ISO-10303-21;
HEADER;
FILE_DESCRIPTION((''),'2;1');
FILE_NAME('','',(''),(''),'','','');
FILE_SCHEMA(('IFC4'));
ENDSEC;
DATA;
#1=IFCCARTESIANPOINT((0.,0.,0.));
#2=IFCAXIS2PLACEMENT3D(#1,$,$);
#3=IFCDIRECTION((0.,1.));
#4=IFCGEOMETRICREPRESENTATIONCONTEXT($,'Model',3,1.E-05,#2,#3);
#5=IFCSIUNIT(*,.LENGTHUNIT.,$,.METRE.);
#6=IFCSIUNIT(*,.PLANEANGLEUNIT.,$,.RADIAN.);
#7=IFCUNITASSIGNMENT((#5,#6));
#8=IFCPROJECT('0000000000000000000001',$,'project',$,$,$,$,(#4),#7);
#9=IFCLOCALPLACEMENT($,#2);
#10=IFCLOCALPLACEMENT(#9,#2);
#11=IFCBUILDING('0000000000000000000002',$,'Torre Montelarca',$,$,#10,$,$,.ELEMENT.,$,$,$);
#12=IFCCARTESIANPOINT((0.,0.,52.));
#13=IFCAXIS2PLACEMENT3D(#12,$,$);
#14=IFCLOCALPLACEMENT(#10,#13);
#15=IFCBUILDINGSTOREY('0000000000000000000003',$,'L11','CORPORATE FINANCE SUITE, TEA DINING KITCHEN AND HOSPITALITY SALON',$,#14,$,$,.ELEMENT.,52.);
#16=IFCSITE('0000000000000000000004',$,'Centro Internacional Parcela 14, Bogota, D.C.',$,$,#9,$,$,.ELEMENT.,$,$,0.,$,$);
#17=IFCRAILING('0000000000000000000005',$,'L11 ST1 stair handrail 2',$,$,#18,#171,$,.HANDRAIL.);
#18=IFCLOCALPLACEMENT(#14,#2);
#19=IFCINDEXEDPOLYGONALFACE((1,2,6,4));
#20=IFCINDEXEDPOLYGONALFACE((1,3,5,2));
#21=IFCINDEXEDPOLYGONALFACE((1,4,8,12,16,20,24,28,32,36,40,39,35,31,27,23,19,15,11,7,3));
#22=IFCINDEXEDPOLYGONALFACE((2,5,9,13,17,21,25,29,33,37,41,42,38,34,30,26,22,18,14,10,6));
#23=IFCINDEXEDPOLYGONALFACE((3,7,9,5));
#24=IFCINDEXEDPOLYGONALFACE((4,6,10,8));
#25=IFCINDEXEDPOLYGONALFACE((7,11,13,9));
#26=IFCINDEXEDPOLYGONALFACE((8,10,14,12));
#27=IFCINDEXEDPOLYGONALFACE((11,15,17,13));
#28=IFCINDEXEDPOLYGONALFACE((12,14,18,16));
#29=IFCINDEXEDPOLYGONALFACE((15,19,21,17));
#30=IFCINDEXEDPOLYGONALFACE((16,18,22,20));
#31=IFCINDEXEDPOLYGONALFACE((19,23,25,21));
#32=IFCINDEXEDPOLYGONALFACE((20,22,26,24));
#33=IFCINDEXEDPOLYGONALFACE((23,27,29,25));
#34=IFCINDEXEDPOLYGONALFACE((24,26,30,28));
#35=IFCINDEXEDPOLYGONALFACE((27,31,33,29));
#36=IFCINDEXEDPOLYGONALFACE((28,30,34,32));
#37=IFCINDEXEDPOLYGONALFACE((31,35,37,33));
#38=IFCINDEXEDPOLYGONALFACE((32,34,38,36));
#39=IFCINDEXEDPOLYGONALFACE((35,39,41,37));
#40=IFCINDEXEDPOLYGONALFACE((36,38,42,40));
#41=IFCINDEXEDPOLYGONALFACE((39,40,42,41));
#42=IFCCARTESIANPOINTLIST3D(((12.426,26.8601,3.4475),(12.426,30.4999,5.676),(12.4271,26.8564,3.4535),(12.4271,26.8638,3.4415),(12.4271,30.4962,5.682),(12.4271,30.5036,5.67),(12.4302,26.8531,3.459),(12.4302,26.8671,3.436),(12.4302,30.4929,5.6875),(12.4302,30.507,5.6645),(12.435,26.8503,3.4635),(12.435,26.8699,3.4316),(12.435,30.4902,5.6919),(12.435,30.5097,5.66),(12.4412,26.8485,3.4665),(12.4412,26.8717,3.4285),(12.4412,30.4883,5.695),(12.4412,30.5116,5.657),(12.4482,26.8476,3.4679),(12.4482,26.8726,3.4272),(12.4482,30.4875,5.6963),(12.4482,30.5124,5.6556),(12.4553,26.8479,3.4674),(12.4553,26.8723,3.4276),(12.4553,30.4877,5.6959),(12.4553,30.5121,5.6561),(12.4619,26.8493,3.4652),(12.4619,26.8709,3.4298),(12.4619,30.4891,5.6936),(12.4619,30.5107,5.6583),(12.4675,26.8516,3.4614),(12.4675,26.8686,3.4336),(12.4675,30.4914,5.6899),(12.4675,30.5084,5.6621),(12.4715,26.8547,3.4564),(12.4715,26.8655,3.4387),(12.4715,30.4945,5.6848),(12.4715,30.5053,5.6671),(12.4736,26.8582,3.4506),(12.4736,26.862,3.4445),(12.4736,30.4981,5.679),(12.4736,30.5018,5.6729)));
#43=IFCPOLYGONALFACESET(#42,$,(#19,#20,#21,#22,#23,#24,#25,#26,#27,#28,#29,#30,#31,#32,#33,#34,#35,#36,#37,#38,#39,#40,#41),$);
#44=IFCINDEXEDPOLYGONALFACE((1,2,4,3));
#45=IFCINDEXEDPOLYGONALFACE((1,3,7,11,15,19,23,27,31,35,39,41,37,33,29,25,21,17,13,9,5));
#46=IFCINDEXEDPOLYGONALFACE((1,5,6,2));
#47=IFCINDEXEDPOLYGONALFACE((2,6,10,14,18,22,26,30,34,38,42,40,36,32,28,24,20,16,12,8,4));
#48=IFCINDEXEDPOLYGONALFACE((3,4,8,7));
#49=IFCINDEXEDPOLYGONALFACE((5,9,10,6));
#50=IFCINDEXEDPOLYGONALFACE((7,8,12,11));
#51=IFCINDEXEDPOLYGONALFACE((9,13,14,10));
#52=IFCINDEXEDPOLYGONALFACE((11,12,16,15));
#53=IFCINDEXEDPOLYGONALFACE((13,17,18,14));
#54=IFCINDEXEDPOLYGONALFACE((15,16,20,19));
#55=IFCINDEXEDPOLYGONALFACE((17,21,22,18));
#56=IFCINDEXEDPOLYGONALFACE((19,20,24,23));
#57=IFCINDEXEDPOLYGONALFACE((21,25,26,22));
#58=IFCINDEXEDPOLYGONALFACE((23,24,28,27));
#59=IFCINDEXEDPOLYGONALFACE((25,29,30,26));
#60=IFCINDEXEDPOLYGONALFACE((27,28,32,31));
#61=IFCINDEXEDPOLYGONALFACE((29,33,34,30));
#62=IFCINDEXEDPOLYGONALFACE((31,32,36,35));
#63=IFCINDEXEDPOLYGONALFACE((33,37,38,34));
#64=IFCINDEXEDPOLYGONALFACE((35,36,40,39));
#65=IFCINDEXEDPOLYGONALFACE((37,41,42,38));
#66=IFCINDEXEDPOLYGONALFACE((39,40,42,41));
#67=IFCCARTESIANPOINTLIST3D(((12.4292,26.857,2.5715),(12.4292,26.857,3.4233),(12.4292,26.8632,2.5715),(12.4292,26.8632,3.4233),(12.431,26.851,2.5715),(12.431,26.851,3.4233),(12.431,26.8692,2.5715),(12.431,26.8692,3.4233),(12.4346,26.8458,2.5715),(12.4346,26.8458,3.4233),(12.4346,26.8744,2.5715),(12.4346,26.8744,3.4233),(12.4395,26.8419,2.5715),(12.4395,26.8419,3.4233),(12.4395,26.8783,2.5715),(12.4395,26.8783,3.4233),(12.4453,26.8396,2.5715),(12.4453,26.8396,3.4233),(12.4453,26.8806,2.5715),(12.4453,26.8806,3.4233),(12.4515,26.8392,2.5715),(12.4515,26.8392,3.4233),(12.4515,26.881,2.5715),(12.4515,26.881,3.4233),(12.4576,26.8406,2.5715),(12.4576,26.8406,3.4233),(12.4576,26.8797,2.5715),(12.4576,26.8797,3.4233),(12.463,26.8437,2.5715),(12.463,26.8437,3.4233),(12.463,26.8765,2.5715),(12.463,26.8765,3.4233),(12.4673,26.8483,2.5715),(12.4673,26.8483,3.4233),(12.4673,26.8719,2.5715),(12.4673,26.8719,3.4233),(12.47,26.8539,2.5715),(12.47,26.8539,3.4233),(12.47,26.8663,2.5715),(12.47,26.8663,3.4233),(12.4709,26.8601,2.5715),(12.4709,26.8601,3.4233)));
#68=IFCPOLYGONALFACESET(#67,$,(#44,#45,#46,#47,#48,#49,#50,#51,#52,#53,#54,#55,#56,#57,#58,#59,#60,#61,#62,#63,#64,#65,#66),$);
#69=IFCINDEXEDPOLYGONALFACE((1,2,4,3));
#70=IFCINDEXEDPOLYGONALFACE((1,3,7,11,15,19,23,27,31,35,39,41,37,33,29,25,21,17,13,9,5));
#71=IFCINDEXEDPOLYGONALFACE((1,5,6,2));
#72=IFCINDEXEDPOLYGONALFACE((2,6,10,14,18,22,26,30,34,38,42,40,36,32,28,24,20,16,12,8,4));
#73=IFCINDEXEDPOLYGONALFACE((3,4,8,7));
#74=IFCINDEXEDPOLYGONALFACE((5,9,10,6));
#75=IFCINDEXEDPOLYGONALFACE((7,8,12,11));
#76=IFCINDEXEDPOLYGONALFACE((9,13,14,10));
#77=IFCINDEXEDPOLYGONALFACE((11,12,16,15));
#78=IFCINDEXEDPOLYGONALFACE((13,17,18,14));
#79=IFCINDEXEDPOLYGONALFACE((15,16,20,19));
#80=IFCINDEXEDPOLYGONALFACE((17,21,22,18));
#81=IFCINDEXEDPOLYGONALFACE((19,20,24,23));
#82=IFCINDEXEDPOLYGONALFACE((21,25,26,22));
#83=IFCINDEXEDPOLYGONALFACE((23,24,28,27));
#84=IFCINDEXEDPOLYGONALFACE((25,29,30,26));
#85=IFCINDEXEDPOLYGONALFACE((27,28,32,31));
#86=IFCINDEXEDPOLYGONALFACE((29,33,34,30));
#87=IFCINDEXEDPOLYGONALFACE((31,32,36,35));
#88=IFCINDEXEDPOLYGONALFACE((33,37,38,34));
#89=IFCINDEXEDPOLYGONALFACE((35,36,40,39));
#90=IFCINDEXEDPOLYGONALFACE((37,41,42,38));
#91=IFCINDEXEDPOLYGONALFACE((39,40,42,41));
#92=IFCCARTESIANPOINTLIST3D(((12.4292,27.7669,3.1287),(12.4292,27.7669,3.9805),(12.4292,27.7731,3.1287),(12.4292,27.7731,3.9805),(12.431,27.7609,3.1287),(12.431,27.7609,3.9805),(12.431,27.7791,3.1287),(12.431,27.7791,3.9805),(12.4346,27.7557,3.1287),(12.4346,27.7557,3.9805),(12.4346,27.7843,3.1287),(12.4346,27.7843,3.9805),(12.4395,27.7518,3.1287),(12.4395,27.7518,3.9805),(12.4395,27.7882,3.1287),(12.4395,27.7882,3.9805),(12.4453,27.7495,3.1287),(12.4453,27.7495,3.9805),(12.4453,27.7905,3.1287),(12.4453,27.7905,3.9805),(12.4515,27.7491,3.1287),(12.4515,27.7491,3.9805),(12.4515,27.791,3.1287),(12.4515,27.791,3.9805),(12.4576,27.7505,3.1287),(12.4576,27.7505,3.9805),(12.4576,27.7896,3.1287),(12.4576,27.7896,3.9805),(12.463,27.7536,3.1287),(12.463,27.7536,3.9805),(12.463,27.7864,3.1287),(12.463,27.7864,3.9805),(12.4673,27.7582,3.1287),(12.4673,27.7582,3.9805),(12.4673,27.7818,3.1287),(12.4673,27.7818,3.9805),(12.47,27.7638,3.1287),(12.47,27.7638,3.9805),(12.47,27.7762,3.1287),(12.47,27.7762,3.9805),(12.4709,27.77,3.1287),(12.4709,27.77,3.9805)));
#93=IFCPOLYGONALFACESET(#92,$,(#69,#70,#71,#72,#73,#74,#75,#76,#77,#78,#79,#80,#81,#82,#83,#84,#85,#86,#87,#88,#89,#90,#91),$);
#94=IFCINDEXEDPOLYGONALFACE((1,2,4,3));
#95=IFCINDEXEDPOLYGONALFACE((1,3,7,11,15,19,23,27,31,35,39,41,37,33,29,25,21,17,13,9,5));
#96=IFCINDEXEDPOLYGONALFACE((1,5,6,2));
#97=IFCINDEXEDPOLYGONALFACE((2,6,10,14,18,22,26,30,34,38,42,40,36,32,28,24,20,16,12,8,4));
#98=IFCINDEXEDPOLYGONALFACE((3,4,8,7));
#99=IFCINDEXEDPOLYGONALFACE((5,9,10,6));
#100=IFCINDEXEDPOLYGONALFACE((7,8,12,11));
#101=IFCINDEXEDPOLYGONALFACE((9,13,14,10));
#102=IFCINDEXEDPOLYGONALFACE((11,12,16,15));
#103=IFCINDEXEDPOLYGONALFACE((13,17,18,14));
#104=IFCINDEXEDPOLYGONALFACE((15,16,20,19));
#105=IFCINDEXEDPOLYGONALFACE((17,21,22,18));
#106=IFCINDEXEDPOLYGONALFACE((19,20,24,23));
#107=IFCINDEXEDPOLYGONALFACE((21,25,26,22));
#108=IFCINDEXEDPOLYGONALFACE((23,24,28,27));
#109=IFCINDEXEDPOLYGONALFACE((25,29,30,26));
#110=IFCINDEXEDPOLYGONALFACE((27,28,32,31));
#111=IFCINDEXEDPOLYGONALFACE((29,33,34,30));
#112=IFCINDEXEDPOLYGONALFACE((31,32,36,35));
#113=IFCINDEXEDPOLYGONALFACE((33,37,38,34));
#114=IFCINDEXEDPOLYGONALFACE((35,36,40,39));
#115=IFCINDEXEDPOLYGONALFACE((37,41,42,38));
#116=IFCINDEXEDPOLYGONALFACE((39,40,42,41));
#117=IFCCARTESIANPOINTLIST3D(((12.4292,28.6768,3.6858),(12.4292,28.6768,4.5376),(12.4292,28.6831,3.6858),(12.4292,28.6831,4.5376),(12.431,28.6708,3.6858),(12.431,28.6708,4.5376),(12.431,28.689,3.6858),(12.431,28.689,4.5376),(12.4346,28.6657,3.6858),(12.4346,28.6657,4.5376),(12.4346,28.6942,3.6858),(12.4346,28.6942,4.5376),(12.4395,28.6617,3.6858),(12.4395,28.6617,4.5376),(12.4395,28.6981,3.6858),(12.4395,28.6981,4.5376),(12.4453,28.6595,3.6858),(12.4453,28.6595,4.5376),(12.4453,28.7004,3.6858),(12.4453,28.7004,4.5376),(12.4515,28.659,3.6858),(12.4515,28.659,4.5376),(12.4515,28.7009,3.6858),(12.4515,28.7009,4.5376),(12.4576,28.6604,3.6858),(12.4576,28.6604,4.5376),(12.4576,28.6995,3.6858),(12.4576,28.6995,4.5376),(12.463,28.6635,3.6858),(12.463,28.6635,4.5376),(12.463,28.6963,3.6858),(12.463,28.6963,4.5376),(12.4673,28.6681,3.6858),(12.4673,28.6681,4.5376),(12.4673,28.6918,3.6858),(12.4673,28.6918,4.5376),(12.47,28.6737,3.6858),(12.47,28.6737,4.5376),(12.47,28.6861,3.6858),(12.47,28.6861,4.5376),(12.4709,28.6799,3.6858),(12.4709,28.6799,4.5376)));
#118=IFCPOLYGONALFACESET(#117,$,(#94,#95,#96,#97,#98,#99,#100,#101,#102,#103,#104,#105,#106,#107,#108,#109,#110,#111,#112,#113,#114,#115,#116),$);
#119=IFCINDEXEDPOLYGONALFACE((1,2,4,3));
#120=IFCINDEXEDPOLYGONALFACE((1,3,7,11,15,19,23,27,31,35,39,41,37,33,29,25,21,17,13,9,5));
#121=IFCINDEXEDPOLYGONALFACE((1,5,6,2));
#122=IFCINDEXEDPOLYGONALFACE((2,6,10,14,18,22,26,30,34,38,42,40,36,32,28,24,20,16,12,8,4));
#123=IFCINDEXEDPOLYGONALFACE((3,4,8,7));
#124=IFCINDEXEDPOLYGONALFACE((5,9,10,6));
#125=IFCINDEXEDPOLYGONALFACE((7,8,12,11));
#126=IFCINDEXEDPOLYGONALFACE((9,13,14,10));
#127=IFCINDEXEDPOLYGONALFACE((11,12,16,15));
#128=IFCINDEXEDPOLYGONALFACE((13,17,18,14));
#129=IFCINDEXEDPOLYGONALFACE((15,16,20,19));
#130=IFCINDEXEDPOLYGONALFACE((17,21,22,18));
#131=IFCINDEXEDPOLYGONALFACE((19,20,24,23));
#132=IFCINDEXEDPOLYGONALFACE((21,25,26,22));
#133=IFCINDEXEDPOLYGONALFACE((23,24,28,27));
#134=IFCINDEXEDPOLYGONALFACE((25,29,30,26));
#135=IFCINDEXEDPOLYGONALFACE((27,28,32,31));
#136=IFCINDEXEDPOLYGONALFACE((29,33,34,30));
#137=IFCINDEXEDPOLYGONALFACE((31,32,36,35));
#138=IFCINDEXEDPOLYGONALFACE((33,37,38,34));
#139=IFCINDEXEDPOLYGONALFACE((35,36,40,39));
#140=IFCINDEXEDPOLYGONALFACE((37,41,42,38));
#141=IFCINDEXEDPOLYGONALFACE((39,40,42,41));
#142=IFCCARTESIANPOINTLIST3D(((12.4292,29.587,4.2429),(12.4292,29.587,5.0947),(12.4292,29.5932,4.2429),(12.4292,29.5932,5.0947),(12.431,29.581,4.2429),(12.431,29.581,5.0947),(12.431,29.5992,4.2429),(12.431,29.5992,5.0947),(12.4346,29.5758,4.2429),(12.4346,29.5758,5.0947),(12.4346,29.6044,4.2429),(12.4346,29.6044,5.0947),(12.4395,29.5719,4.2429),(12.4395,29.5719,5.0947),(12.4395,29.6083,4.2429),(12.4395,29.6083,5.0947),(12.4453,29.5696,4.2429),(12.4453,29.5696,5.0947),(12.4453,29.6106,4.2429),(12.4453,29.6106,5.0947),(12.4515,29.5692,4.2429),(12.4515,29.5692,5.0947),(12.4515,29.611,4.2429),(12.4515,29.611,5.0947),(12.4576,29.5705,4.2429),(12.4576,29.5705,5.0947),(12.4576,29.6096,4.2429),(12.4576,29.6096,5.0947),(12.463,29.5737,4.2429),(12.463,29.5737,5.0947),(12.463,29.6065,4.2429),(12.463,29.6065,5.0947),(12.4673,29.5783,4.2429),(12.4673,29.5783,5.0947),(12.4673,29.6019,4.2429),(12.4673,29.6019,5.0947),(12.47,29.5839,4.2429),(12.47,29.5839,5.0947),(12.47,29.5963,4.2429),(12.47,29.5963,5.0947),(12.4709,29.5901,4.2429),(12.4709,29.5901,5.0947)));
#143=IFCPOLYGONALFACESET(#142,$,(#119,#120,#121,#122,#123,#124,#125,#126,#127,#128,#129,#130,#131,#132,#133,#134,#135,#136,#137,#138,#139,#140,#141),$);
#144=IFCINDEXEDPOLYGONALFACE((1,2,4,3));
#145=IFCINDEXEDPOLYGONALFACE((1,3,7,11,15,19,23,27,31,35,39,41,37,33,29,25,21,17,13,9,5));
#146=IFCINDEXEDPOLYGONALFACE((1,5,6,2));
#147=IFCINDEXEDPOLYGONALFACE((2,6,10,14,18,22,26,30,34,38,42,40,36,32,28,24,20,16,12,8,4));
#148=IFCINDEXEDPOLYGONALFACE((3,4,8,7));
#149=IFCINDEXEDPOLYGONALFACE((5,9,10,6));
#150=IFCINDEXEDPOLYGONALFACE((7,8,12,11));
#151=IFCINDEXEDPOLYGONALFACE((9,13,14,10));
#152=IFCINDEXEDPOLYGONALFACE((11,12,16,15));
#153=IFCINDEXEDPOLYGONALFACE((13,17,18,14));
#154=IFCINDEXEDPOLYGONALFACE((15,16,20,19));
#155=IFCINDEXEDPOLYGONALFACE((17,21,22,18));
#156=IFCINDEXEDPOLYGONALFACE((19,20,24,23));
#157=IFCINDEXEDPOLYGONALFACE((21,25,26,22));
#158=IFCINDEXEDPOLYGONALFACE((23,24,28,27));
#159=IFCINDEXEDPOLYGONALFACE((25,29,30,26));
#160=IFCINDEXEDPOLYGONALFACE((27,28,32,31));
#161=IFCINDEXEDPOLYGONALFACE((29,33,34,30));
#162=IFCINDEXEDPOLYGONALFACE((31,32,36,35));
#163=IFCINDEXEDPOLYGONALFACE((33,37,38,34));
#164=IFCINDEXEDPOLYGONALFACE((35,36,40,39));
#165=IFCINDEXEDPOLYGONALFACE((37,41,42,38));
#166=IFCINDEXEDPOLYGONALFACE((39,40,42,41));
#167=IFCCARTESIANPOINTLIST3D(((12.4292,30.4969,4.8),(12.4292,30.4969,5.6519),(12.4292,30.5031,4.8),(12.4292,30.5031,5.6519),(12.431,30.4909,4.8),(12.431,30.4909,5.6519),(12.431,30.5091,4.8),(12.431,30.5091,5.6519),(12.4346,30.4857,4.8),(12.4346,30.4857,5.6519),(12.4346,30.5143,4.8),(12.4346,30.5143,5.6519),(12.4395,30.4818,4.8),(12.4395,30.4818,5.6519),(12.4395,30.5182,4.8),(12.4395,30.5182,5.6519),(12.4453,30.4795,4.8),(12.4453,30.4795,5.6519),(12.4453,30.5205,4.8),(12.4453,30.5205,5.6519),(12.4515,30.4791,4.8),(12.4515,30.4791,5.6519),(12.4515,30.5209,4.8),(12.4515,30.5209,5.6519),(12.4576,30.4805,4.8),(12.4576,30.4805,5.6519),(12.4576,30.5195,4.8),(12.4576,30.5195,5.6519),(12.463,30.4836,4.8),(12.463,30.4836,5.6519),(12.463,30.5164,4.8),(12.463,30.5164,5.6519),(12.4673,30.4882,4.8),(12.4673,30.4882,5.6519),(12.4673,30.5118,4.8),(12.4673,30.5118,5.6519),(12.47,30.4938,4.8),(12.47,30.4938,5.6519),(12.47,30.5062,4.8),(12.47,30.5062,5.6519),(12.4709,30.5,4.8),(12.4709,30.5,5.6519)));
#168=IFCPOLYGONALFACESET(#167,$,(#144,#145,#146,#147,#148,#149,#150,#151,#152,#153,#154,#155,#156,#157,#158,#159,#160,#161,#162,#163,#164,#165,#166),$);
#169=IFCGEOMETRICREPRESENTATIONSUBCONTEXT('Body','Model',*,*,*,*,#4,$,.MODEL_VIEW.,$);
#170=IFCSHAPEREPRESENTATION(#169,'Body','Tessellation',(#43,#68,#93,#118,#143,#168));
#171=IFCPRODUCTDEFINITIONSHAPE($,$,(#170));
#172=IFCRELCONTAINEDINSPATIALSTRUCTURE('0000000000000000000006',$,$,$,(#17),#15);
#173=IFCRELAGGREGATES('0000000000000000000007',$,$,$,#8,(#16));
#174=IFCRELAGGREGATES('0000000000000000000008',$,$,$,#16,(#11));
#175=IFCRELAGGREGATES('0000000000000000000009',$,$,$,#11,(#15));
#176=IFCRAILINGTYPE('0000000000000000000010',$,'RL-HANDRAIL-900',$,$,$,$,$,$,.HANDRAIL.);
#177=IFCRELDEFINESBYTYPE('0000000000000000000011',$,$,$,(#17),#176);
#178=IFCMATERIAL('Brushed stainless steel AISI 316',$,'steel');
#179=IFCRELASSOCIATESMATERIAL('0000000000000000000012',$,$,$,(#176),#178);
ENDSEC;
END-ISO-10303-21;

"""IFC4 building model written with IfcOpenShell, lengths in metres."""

from ifc_helpers import new_model, si_unit, direction, frame, origin, origin_2d, place, context, subcontext, project, spatial, circle, extrude, material, type_object, element, save


model = new_model("IFC4")

# Units and contexts
model_context = context("Model", 3, precision=1e-05, world=origin(), true_north=direction((0.0, 1.0)))
body_context = subcontext(model_context, "Body", "Model", "MODEL_VIEW")
ifc_project = project(units=[si_unit("LENGTHUNIT", "METRE"), si_unit("PLANEANGLEUNIT", "RADIAN")], contexts=[model_context])

# Site, building, storey
site_placement = place(None, origin())
site = spatial("IfcSite", under=ifc_project, at=site_placement, Name="Centro Internacional Parcela 14, Bogota, D.C.", CompositionType="ELEMENT", RefElevation=0.0)
building_placement = place(site_placement, origin())
building = spatial("IfcBuilding", under=site, at=building_placement, Name="Torre Montelarca", CompositionType="ELEMENT")
storey_placement = place(building_placement, frame((0.0, 0.0, 52.0)))
storey = spatial("IfcBuildingStorey", under=building, at=storey_placement, Name="L11", Description="CORPORATE FINANCE SUITE, TEA DINING KITCHEN AND HOSPITALITY SALON", CompositionType="ELEMENT", Elevation=52.0)

# Shared definitions
ifc_material_1 = material(Name="Brushed stainless steel AISI 316", Category="steel")

# Railing
railing_type_1 = type_object("IfcRailingType", Name="RL-HANDRAIL-900", PredefinedType="HANDRAIL", material=ifc_material_1)
railing_1_placement = place(storey_placement, frame((12.45, 26.8601, 2.5715)))
element("IfcRailing", 1, at=railing_1_placement, inside=storey, type_object=railing_type_1, Name="L11 ST1 stair handrail 2", PredefinedType="HANDRAIL", context=body_context, shape_type="SweptSolid", body=[
    extrude(circle(Radius=0.0239, at=origin_2d()), frame((0.0, 0.0, 0.876), z_axis=(0.0, 0.85285, 0.522156), x_axis=(-1.0, 0.0, 0.0)), (0.0, 0.0, 1.0), 4.2678),
    extrude(circle(Radius=0.021, at=origin_2d()), origin(), (0.0, 0.0, 1.0), 0.8518),
    extrude(circle(Radius=0.021, at=origin_2d()), frame((0.0, 0.9099, 0.5571)), (0.0, 0.0, 1.0), 0.8518),
    extrude(circle(Radius=0.021, at=origin_2d()), frame((0.0, 1.8198, 1.1143)), (0.0, 0.0, 1.0), 0.8518),
    extrude(circle(Radius=0.021, at=origin_2d()), frame((0.0, 2.73, 1.6714)), (0.0, 0.0, 1.0), 0.8518),
    extrude(circle(Radius=0.021, at=origin_2d()), frame((0.0, 3.6399, 2.2285)), (0.0, 0.0, 1.0), 0.8518),
])

save(model, "model.ifc")
